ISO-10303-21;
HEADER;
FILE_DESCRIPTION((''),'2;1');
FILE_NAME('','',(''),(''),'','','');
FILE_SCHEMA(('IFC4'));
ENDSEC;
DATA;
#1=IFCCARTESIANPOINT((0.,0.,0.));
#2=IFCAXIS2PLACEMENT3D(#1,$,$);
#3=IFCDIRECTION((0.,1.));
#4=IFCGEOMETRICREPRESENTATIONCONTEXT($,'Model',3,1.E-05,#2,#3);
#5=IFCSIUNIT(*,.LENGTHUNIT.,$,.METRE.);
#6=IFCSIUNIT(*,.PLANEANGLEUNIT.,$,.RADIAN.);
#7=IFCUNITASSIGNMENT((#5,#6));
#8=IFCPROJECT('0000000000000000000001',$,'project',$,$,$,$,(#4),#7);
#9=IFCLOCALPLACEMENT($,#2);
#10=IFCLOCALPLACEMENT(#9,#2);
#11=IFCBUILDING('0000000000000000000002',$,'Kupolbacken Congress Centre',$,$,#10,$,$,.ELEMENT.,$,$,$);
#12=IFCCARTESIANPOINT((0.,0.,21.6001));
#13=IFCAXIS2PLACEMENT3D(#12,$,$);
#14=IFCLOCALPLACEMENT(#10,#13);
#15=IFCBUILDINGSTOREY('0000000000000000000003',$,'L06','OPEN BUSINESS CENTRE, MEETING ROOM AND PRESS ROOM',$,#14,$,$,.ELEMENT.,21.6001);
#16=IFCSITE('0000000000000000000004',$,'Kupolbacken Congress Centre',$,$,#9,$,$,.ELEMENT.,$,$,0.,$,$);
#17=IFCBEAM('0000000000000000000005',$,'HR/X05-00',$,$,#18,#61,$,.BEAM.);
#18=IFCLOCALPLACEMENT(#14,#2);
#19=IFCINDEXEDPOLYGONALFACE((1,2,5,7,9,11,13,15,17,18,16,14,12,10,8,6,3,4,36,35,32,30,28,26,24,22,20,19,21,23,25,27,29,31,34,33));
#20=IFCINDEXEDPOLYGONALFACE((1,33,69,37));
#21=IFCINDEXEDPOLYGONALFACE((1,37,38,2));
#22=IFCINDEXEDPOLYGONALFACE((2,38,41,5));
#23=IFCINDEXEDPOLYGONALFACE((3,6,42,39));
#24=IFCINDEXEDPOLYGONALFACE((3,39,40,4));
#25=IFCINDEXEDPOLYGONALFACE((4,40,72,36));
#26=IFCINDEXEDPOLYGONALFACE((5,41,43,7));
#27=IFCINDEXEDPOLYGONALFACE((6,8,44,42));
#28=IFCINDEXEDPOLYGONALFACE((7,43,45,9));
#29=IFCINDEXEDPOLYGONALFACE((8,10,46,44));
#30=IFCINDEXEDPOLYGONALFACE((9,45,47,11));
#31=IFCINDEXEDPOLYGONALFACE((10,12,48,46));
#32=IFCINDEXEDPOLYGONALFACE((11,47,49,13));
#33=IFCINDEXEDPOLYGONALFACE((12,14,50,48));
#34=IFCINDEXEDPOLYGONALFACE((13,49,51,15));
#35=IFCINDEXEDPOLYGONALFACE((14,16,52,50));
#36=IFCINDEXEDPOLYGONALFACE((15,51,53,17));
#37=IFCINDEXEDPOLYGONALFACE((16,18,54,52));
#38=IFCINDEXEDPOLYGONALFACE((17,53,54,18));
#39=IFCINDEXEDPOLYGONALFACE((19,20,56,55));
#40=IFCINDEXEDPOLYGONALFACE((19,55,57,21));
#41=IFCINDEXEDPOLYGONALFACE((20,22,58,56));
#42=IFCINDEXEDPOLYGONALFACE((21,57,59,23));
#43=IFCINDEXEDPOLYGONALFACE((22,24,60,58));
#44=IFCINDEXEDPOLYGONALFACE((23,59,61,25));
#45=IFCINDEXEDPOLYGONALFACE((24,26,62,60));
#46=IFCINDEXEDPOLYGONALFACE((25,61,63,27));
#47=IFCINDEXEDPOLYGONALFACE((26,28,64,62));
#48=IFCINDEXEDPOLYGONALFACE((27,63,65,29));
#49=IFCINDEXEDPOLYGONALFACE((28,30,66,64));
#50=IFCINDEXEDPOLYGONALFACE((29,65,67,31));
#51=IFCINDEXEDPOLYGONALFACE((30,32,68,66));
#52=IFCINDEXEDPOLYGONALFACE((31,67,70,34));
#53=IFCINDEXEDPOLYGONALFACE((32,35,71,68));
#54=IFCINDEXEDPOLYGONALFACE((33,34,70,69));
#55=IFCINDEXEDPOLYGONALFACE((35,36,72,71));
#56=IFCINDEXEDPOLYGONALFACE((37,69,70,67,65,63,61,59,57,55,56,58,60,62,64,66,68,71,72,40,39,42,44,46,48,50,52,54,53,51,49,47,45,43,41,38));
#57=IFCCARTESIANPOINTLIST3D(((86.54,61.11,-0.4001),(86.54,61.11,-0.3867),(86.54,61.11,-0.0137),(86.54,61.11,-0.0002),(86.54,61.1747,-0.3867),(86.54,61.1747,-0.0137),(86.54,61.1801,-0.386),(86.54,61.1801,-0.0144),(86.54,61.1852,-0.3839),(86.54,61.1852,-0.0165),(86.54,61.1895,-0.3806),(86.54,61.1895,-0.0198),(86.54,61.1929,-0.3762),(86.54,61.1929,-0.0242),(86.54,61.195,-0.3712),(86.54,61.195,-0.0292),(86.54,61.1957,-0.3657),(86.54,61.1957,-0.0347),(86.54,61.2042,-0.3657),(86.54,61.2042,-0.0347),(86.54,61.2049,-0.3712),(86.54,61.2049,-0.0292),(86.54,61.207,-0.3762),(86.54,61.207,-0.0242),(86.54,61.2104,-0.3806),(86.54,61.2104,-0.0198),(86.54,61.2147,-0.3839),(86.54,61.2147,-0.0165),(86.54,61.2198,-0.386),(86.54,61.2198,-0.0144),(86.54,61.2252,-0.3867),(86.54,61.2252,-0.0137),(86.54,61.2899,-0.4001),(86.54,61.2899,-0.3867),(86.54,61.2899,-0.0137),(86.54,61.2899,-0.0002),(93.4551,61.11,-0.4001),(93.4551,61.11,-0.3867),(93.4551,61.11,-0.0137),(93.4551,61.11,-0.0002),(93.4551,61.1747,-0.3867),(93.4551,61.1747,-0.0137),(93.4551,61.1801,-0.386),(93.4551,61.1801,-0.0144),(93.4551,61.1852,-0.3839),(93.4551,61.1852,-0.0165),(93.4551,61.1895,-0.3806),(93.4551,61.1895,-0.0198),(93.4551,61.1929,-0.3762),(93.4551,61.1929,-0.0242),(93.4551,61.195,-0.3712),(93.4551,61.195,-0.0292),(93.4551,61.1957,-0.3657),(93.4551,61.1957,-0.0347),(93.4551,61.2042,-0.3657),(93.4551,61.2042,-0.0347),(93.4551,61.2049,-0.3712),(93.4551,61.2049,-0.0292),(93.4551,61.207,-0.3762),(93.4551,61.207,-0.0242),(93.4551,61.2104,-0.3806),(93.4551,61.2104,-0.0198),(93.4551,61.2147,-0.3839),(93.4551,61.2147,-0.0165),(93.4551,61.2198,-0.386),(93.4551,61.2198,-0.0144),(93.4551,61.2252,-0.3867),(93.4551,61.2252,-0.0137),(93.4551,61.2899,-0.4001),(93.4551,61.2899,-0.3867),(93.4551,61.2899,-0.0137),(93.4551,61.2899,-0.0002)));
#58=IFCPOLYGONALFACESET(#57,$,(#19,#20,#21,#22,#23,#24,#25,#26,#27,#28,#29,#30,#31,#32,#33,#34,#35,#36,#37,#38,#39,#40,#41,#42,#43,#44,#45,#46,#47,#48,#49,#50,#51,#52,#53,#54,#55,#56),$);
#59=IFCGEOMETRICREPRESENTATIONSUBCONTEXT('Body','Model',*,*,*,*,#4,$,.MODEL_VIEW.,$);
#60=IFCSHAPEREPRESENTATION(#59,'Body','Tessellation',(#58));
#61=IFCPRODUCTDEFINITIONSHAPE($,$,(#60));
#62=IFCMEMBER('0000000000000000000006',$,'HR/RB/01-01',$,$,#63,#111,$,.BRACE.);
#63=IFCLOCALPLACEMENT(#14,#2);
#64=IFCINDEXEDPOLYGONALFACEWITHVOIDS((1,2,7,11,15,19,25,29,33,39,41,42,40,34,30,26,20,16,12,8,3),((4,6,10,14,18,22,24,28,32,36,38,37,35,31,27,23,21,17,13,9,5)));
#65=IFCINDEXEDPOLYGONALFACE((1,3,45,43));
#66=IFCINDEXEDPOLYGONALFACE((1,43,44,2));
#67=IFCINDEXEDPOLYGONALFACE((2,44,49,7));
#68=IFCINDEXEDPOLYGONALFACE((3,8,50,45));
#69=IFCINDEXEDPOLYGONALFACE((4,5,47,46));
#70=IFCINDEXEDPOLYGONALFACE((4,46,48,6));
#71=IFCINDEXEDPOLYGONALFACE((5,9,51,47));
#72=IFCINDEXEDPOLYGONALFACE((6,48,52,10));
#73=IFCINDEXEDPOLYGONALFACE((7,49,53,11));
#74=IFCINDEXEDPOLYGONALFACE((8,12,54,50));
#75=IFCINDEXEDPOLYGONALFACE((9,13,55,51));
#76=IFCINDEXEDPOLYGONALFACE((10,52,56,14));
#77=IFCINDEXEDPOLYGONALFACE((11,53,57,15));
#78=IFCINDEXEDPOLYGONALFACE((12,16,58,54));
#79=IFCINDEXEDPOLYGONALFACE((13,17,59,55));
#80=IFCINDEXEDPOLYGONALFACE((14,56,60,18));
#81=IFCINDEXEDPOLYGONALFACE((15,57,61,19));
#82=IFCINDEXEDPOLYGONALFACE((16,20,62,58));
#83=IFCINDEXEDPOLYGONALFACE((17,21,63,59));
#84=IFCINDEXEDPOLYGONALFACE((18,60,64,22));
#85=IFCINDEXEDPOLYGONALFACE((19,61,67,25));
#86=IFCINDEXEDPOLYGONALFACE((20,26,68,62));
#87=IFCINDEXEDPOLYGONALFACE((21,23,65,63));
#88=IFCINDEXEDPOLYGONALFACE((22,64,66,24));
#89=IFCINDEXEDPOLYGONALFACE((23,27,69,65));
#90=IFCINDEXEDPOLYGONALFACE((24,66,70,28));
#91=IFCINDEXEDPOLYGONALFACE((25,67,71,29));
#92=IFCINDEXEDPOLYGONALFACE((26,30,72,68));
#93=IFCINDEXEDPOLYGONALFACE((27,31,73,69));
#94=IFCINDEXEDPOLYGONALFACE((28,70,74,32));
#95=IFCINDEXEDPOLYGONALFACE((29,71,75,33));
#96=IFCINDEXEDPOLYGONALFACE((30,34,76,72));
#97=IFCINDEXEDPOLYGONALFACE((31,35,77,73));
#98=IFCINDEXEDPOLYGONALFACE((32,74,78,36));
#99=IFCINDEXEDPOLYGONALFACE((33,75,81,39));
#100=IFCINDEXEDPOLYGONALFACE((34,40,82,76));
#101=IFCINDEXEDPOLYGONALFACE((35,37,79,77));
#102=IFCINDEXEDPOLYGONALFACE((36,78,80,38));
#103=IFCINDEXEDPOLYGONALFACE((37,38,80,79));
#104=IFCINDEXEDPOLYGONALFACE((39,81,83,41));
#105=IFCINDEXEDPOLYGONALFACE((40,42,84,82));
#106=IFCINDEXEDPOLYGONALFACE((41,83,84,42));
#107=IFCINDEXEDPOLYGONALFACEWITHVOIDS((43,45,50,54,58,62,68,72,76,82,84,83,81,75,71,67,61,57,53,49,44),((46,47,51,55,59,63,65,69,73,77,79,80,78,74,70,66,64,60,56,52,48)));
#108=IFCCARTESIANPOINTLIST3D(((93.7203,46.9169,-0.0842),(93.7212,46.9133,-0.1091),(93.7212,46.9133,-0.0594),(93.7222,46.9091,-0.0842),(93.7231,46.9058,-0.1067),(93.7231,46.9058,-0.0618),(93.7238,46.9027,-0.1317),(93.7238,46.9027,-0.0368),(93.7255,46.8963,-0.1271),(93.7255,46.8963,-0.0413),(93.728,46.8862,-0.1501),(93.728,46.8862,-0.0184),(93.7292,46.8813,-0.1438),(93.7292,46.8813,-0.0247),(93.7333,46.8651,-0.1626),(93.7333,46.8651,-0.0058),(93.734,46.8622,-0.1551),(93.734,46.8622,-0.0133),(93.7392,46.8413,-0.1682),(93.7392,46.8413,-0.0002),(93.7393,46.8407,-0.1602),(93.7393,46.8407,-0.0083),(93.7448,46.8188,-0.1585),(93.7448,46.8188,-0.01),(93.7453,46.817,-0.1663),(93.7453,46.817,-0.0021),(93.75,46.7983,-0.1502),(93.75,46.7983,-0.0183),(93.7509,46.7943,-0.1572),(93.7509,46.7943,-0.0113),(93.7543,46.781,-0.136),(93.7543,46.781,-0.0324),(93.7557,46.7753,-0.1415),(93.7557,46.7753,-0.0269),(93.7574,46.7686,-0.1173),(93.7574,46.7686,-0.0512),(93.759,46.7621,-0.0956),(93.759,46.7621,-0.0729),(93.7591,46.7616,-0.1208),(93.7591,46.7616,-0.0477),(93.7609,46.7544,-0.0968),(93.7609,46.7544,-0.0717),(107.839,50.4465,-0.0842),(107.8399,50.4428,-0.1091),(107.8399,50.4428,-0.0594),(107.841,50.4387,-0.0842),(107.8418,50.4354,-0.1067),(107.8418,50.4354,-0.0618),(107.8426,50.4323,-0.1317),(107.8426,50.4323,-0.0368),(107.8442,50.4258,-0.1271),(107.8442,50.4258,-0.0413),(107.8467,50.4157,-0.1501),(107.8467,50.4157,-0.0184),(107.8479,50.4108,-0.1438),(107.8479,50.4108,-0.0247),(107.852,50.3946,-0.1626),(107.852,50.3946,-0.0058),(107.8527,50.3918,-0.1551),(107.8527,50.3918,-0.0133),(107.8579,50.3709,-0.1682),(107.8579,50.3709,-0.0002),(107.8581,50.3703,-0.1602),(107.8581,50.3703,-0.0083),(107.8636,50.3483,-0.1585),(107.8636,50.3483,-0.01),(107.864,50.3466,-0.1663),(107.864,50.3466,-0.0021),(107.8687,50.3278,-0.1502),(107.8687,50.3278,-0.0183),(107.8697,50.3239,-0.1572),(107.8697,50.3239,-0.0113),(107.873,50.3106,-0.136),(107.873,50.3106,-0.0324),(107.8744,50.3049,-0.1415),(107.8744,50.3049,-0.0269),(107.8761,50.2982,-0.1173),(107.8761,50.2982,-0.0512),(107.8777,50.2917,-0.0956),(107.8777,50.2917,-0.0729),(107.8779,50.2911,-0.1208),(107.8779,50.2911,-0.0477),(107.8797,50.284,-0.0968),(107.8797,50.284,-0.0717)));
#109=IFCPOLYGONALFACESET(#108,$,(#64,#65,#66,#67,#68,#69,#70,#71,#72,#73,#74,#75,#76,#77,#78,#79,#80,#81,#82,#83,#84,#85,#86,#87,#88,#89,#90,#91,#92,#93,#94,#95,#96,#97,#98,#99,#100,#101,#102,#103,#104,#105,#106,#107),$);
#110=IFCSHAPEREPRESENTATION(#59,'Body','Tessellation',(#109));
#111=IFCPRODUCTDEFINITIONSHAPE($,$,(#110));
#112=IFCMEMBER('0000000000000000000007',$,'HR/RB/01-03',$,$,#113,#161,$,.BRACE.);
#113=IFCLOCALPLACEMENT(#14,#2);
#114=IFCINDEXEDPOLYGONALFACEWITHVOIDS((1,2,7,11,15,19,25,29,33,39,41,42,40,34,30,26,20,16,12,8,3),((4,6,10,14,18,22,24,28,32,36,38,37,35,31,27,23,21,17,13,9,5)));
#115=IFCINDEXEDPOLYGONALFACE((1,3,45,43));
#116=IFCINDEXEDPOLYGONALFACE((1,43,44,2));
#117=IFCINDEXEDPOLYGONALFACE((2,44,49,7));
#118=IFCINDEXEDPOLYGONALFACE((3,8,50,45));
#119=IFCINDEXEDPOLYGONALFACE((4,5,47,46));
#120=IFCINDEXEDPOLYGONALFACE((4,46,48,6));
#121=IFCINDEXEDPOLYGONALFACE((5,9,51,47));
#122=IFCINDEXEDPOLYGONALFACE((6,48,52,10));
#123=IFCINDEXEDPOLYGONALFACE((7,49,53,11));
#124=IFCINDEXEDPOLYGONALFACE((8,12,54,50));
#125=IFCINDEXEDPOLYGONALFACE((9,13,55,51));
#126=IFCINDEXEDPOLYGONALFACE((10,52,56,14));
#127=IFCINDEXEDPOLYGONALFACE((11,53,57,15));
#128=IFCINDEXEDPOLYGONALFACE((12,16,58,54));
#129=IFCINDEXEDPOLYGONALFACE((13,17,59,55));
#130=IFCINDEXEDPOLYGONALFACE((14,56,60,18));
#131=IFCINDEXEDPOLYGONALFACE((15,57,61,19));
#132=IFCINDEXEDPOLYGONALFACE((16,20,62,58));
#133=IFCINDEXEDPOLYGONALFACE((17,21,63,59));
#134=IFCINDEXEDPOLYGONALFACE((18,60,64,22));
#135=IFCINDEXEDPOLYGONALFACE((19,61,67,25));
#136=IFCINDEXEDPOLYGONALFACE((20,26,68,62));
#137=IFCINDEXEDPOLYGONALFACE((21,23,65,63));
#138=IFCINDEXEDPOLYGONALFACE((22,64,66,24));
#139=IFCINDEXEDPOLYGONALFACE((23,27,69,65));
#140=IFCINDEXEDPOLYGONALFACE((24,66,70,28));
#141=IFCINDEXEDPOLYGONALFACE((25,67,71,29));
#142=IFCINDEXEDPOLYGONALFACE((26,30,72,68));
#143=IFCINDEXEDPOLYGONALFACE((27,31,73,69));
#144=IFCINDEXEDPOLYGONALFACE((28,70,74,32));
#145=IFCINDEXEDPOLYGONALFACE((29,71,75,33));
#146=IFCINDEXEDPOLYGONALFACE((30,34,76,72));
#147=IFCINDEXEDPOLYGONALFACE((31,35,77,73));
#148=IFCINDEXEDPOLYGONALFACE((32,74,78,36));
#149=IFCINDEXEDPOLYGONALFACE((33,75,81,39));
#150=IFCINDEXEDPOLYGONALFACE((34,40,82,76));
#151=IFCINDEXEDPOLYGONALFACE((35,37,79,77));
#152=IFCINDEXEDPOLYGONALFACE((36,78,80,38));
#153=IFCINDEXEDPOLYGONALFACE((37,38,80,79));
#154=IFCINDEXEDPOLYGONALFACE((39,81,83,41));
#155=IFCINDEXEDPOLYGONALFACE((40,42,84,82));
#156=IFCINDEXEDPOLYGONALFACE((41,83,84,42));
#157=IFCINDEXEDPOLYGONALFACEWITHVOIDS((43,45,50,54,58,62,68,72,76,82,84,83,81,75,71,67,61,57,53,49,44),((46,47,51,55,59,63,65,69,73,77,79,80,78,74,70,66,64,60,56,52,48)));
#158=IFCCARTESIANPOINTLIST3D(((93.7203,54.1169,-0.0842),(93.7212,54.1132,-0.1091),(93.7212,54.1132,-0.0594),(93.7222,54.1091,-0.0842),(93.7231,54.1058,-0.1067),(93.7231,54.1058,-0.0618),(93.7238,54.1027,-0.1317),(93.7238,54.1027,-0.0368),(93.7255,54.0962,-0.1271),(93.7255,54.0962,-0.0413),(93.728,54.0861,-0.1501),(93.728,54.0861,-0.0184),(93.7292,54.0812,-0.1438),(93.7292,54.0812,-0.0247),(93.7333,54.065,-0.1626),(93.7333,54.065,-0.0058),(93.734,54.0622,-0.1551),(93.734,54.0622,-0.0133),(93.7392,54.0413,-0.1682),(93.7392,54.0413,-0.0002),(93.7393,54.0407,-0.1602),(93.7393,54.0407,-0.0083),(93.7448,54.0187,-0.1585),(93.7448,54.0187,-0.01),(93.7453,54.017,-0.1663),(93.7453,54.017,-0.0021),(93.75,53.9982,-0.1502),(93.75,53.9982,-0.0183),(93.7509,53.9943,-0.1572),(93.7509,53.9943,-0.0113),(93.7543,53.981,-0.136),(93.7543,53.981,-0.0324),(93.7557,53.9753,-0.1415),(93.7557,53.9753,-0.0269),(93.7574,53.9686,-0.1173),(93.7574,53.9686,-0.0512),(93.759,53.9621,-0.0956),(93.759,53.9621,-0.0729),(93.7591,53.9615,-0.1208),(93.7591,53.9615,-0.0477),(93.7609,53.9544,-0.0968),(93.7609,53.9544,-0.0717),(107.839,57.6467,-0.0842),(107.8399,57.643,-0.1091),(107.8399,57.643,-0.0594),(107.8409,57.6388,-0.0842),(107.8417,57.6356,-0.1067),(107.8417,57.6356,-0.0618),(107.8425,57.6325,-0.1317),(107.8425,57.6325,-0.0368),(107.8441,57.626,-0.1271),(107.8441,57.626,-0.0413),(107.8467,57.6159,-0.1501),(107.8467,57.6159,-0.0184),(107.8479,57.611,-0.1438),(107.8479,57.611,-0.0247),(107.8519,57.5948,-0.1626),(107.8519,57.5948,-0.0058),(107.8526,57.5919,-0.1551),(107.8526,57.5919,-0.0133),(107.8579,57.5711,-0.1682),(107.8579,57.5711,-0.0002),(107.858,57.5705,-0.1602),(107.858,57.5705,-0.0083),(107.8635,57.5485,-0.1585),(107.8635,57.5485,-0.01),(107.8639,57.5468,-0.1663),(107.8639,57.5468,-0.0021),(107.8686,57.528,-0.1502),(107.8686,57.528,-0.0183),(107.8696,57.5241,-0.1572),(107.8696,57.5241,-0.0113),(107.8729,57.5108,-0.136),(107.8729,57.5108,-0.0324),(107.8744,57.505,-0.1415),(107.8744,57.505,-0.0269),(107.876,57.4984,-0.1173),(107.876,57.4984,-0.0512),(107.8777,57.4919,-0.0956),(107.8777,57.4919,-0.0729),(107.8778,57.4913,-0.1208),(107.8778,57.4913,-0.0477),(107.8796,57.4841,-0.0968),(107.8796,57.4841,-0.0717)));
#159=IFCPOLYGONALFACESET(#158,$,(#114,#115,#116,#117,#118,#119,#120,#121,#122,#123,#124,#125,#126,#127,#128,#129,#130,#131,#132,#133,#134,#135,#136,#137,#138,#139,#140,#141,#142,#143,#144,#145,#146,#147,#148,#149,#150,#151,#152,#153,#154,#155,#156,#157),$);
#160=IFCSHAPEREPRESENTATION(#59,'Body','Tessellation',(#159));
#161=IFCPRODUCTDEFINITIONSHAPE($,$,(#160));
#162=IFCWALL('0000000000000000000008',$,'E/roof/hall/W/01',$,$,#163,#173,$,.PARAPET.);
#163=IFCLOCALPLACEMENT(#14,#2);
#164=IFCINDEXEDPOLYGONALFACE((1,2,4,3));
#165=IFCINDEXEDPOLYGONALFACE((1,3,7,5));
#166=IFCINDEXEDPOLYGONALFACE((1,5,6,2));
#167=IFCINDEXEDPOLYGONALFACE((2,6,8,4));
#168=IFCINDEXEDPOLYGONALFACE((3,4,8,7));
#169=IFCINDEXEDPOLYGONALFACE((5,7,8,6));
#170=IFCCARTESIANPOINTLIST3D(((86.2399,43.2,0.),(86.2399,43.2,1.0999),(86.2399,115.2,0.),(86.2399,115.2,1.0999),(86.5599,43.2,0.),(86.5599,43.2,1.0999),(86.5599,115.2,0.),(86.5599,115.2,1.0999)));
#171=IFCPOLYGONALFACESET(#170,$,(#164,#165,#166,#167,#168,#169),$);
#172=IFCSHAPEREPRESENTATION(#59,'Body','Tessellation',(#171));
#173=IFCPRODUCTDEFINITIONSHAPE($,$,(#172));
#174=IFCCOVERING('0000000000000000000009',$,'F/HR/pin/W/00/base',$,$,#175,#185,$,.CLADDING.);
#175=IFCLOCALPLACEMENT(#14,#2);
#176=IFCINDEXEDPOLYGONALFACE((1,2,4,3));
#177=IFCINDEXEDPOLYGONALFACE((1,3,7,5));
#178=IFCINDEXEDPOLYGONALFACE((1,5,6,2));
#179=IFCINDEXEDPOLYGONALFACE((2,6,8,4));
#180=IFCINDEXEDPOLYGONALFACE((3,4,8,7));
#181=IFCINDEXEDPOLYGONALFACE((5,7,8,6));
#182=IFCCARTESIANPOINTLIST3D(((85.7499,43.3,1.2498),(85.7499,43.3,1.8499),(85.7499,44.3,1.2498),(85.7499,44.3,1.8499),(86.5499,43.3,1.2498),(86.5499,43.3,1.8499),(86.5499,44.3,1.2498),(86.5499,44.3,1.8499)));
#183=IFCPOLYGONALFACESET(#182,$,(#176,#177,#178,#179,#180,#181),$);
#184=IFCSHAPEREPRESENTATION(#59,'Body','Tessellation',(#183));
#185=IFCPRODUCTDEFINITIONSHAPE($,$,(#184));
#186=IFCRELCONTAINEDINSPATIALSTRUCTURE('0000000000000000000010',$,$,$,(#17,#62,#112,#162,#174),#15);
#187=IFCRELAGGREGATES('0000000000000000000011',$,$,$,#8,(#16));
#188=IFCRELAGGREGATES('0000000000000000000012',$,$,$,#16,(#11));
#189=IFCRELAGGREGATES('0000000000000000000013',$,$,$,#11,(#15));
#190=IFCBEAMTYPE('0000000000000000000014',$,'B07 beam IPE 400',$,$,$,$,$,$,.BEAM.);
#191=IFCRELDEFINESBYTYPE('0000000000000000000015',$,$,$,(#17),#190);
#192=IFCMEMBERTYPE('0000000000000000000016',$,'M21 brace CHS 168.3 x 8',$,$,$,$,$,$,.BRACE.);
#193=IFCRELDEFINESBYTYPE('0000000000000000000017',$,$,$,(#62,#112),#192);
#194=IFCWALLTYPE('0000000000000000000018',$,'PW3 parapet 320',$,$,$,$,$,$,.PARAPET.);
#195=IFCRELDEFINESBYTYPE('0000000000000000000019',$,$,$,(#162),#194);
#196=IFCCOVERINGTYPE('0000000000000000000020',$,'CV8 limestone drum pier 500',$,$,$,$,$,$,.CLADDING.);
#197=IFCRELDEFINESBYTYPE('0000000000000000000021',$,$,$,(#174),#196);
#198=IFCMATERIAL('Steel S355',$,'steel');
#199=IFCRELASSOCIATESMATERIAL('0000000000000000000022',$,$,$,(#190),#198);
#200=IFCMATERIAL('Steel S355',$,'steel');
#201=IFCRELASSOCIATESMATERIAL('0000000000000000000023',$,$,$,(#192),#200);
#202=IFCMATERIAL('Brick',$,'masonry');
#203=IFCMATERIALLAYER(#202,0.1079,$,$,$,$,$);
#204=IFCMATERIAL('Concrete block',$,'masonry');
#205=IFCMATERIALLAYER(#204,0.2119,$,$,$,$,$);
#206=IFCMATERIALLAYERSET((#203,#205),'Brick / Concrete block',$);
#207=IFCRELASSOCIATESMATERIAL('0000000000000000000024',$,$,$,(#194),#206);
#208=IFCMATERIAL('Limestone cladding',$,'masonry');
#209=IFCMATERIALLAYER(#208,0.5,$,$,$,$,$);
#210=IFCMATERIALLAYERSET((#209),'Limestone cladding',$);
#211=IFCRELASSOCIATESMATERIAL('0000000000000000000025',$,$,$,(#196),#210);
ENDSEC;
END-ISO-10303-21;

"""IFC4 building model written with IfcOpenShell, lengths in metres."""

from ifc_helpers import new_model, si_unit, direction, frame, frame_2d, origin, origin_2d, place, context, subcontext, project, spatial, rectangle, hollow_circle, i_section, extrude, material, layer, layer_set, material_profile, profile_set, type_object, element, save


model = new_model("IFC4")

# Units and contexts
model_context = context("Model", 3, precision=1e-05, world=origin(), true_north=direction((0.0, 1.0)))
body_context = subcontext(model_context, "Body", "Model", "MODEL_VIEW")
ifc_project = project(units=[si_unit("LENGTHUNIT", "METRE"), si_unit("PLANEANGLEUNIT", "RADIAN")], contexts=[model_context])

# Site, building, storey
site_placement = place(None, origin())
site = spatial("IfcSite", under=ifc_project, at=site_placement, Name="Kupolbacken Congress Centre", CompositionType="ELEMENT", RefElevation=0.0)
building_placement = place(site_placement, origin())
building = spatial("IfcBuilding", under=site, at=building_placement, Name="Kupolbacken Congress Centre", CompositionType="ELEMENT")
storey_placement = place(building_placement, frame((0.0, 0.0, 21.6001)))
storey = spatial("IfcBuildingStorey", under=building, at=storey_placement, Name="L06", Description="OPEN BUSINESS CENTRE, MEETING ROOM AND PRESS ROOM", CompositionType="ELEMENT", Elevation=21.6001)

# Beam
ifc_material_1 = material(Name="Steel S355", Category="steel")
ifc_material_profile_1 = material_profile(ifc_material_1, i_section(OverallWidth=0.1799, OverallDepth=0.3999, WebThickness=0.0085, FlangeThickness=0.0134, FilletRadius=0.021, at=origin_2d()), Name="IPE 400")
ifc_profile_set_1 = profile_set([ifc_material_profile_1], Name="Steel S355")
beam_type_1 = type_object("IfcBeamType", Name="B07 beam IPE 400", PredefinedType="BEAM", material=ifc_profile_set_1)
for number, where, z_axis, x_axis, name in (
    (1, (86.54, 61.2, -0.2002), (1.0, 0.0, 0.0), (0.0, 1.0, 0.0), "HR/X05-00"),
):
    element("IfcBeam", number, at=place(storey_placement, frame(where, z_axis=z_axis, x_axis=x_axis)), inside=storey, type_object=beam_type_1, Name=name, PredefinedType="BEAM", context=body_context, shape_type="SweptSolid", body=[
        extrude(i_section(OverallWidth=0.1799, OverallDepth=0.3999, WebThickness=0.0085, FlangeThickness=0.0134, FilletRadius=0.021, at=origin_2d()), origin(), (0.0, 0.0, 1.0), 6.915),
    ])

# Members
ifc_material_2 = material(Name="Steel S355", Category="steel")
ifc_material_profile_2 = material_profile(ifc_material_2, hollow_circle(Radius=0.0842, WallThickness=0.0081, at=origin_2d()), Name="CHS 168.3 x 8")
ifc_profile_set_2 = profile_set([ifc_material_profile_2], Name="Steel S355")
member_type = type_object("IfcMemberType", Name="M21 brace CHS 168.3 x 8", PredefinedType="BRACE", material=ifc_profile_set_2)
for number, where, z_axis, x_axis, name in (
    (2, (93.7407, 46.8352, -0.0842), (0.970144, 0.242528, 0.0), (-0.242528, 0.970144, 0.0), "HR/RB/01-01"),
    (3, (93.7407, 54.0352, -0.0842), (0.970141, 0.242544, 0.0), (-0.242544, 0.970141, 0.0), "HR/RB/01-03"),
):
    element("IfcMember", number, at=place(storey_placement, frame(where, z_axis=z_axis, x_axis=x_axis)), inside=storey, type_object=member_type, Name=name, PredefinedType="BRACE", context=body_context, shape_type="SweptSolid", body=[
        extrude(hollow_circle(Radius=0.0842, WallThickness=0.0081, at=origin_2d()), origin(), (0.0, 0.0, 1.0), 14.5532),
    ])

# Wall
ifc_material_3 = material(Name="Brick", Category="masonry")
ifc_layer_1 = layer(ifc_material_3, 0.1079)
ifc_material_4 = material(Name="Concrete block", Category="masonry")
ifc_layer_2 = layer(ifc_material_4, 0.2119)
ifc_layer_set_1 = layer_set([ifc_layer_1, ifc_layer_2], Name="Brick / Concrete block")
wall_type = type_object("IfcWallType", Name="PW3 parapet 320", PredefinedType="PARAPET", material=ifc_layer_set_1)
wall_placement = place(storey_placement, frame((86.3999, 43.2, 0.0), z_axis=(0.0, 0.0, 1.0), x_axis=(0.0, 1.0, 0.0)))
element("IfcWall", 4, at=wall_placement, inside=storey, type_object=wall_type, Name="E/roof/hall/W/01", PredefinedType="PARAPET", context=body_context, shape_type="SweptSolid", body=[
    extrude(rectangle(XDim=72.0, YDim=0.3201, at=frame_2d((36.0, 0.0))), origin(), (0.0, 0.0, 1.0), 1.0999),
])

# Covering
ifc_material_5 = material(Name="Limestone cladding", Category="masonry")
ifc_layer_3 = layer(ifc_material_5, 0.5)
ifc_layer_set_2 = layer_set([ifc_layer_3], Name="Limestone cladding")
covering_type = type_object("IfcCoveringType", Name="CV8 limestone drum pier 500", PredefinedType="CLADDING", material=ifc_layer_set_2)
covering_1_placement = place(storey_placement, frame((86.1499, 43.8, 1.2498), z_axis=(0.0, 0.0, 1.0), x_axis=(0.0, 1.0, 0.0)))
element("IfcCovering", 5, at=covering_1_placement, inside=storey, type_object=covering_type, Name="F/HR/pin/W/00/base", PredefinedType="CLADDING", context=body_context, shape_type="SweptSolid", body=[
    extrude(rectangle(XDim=1.0, YDim=0.8, at=origin_2d()), origin(), (0.0, 0.0, 1.0), 0.6001),
])

save(model, "model.ifc")
